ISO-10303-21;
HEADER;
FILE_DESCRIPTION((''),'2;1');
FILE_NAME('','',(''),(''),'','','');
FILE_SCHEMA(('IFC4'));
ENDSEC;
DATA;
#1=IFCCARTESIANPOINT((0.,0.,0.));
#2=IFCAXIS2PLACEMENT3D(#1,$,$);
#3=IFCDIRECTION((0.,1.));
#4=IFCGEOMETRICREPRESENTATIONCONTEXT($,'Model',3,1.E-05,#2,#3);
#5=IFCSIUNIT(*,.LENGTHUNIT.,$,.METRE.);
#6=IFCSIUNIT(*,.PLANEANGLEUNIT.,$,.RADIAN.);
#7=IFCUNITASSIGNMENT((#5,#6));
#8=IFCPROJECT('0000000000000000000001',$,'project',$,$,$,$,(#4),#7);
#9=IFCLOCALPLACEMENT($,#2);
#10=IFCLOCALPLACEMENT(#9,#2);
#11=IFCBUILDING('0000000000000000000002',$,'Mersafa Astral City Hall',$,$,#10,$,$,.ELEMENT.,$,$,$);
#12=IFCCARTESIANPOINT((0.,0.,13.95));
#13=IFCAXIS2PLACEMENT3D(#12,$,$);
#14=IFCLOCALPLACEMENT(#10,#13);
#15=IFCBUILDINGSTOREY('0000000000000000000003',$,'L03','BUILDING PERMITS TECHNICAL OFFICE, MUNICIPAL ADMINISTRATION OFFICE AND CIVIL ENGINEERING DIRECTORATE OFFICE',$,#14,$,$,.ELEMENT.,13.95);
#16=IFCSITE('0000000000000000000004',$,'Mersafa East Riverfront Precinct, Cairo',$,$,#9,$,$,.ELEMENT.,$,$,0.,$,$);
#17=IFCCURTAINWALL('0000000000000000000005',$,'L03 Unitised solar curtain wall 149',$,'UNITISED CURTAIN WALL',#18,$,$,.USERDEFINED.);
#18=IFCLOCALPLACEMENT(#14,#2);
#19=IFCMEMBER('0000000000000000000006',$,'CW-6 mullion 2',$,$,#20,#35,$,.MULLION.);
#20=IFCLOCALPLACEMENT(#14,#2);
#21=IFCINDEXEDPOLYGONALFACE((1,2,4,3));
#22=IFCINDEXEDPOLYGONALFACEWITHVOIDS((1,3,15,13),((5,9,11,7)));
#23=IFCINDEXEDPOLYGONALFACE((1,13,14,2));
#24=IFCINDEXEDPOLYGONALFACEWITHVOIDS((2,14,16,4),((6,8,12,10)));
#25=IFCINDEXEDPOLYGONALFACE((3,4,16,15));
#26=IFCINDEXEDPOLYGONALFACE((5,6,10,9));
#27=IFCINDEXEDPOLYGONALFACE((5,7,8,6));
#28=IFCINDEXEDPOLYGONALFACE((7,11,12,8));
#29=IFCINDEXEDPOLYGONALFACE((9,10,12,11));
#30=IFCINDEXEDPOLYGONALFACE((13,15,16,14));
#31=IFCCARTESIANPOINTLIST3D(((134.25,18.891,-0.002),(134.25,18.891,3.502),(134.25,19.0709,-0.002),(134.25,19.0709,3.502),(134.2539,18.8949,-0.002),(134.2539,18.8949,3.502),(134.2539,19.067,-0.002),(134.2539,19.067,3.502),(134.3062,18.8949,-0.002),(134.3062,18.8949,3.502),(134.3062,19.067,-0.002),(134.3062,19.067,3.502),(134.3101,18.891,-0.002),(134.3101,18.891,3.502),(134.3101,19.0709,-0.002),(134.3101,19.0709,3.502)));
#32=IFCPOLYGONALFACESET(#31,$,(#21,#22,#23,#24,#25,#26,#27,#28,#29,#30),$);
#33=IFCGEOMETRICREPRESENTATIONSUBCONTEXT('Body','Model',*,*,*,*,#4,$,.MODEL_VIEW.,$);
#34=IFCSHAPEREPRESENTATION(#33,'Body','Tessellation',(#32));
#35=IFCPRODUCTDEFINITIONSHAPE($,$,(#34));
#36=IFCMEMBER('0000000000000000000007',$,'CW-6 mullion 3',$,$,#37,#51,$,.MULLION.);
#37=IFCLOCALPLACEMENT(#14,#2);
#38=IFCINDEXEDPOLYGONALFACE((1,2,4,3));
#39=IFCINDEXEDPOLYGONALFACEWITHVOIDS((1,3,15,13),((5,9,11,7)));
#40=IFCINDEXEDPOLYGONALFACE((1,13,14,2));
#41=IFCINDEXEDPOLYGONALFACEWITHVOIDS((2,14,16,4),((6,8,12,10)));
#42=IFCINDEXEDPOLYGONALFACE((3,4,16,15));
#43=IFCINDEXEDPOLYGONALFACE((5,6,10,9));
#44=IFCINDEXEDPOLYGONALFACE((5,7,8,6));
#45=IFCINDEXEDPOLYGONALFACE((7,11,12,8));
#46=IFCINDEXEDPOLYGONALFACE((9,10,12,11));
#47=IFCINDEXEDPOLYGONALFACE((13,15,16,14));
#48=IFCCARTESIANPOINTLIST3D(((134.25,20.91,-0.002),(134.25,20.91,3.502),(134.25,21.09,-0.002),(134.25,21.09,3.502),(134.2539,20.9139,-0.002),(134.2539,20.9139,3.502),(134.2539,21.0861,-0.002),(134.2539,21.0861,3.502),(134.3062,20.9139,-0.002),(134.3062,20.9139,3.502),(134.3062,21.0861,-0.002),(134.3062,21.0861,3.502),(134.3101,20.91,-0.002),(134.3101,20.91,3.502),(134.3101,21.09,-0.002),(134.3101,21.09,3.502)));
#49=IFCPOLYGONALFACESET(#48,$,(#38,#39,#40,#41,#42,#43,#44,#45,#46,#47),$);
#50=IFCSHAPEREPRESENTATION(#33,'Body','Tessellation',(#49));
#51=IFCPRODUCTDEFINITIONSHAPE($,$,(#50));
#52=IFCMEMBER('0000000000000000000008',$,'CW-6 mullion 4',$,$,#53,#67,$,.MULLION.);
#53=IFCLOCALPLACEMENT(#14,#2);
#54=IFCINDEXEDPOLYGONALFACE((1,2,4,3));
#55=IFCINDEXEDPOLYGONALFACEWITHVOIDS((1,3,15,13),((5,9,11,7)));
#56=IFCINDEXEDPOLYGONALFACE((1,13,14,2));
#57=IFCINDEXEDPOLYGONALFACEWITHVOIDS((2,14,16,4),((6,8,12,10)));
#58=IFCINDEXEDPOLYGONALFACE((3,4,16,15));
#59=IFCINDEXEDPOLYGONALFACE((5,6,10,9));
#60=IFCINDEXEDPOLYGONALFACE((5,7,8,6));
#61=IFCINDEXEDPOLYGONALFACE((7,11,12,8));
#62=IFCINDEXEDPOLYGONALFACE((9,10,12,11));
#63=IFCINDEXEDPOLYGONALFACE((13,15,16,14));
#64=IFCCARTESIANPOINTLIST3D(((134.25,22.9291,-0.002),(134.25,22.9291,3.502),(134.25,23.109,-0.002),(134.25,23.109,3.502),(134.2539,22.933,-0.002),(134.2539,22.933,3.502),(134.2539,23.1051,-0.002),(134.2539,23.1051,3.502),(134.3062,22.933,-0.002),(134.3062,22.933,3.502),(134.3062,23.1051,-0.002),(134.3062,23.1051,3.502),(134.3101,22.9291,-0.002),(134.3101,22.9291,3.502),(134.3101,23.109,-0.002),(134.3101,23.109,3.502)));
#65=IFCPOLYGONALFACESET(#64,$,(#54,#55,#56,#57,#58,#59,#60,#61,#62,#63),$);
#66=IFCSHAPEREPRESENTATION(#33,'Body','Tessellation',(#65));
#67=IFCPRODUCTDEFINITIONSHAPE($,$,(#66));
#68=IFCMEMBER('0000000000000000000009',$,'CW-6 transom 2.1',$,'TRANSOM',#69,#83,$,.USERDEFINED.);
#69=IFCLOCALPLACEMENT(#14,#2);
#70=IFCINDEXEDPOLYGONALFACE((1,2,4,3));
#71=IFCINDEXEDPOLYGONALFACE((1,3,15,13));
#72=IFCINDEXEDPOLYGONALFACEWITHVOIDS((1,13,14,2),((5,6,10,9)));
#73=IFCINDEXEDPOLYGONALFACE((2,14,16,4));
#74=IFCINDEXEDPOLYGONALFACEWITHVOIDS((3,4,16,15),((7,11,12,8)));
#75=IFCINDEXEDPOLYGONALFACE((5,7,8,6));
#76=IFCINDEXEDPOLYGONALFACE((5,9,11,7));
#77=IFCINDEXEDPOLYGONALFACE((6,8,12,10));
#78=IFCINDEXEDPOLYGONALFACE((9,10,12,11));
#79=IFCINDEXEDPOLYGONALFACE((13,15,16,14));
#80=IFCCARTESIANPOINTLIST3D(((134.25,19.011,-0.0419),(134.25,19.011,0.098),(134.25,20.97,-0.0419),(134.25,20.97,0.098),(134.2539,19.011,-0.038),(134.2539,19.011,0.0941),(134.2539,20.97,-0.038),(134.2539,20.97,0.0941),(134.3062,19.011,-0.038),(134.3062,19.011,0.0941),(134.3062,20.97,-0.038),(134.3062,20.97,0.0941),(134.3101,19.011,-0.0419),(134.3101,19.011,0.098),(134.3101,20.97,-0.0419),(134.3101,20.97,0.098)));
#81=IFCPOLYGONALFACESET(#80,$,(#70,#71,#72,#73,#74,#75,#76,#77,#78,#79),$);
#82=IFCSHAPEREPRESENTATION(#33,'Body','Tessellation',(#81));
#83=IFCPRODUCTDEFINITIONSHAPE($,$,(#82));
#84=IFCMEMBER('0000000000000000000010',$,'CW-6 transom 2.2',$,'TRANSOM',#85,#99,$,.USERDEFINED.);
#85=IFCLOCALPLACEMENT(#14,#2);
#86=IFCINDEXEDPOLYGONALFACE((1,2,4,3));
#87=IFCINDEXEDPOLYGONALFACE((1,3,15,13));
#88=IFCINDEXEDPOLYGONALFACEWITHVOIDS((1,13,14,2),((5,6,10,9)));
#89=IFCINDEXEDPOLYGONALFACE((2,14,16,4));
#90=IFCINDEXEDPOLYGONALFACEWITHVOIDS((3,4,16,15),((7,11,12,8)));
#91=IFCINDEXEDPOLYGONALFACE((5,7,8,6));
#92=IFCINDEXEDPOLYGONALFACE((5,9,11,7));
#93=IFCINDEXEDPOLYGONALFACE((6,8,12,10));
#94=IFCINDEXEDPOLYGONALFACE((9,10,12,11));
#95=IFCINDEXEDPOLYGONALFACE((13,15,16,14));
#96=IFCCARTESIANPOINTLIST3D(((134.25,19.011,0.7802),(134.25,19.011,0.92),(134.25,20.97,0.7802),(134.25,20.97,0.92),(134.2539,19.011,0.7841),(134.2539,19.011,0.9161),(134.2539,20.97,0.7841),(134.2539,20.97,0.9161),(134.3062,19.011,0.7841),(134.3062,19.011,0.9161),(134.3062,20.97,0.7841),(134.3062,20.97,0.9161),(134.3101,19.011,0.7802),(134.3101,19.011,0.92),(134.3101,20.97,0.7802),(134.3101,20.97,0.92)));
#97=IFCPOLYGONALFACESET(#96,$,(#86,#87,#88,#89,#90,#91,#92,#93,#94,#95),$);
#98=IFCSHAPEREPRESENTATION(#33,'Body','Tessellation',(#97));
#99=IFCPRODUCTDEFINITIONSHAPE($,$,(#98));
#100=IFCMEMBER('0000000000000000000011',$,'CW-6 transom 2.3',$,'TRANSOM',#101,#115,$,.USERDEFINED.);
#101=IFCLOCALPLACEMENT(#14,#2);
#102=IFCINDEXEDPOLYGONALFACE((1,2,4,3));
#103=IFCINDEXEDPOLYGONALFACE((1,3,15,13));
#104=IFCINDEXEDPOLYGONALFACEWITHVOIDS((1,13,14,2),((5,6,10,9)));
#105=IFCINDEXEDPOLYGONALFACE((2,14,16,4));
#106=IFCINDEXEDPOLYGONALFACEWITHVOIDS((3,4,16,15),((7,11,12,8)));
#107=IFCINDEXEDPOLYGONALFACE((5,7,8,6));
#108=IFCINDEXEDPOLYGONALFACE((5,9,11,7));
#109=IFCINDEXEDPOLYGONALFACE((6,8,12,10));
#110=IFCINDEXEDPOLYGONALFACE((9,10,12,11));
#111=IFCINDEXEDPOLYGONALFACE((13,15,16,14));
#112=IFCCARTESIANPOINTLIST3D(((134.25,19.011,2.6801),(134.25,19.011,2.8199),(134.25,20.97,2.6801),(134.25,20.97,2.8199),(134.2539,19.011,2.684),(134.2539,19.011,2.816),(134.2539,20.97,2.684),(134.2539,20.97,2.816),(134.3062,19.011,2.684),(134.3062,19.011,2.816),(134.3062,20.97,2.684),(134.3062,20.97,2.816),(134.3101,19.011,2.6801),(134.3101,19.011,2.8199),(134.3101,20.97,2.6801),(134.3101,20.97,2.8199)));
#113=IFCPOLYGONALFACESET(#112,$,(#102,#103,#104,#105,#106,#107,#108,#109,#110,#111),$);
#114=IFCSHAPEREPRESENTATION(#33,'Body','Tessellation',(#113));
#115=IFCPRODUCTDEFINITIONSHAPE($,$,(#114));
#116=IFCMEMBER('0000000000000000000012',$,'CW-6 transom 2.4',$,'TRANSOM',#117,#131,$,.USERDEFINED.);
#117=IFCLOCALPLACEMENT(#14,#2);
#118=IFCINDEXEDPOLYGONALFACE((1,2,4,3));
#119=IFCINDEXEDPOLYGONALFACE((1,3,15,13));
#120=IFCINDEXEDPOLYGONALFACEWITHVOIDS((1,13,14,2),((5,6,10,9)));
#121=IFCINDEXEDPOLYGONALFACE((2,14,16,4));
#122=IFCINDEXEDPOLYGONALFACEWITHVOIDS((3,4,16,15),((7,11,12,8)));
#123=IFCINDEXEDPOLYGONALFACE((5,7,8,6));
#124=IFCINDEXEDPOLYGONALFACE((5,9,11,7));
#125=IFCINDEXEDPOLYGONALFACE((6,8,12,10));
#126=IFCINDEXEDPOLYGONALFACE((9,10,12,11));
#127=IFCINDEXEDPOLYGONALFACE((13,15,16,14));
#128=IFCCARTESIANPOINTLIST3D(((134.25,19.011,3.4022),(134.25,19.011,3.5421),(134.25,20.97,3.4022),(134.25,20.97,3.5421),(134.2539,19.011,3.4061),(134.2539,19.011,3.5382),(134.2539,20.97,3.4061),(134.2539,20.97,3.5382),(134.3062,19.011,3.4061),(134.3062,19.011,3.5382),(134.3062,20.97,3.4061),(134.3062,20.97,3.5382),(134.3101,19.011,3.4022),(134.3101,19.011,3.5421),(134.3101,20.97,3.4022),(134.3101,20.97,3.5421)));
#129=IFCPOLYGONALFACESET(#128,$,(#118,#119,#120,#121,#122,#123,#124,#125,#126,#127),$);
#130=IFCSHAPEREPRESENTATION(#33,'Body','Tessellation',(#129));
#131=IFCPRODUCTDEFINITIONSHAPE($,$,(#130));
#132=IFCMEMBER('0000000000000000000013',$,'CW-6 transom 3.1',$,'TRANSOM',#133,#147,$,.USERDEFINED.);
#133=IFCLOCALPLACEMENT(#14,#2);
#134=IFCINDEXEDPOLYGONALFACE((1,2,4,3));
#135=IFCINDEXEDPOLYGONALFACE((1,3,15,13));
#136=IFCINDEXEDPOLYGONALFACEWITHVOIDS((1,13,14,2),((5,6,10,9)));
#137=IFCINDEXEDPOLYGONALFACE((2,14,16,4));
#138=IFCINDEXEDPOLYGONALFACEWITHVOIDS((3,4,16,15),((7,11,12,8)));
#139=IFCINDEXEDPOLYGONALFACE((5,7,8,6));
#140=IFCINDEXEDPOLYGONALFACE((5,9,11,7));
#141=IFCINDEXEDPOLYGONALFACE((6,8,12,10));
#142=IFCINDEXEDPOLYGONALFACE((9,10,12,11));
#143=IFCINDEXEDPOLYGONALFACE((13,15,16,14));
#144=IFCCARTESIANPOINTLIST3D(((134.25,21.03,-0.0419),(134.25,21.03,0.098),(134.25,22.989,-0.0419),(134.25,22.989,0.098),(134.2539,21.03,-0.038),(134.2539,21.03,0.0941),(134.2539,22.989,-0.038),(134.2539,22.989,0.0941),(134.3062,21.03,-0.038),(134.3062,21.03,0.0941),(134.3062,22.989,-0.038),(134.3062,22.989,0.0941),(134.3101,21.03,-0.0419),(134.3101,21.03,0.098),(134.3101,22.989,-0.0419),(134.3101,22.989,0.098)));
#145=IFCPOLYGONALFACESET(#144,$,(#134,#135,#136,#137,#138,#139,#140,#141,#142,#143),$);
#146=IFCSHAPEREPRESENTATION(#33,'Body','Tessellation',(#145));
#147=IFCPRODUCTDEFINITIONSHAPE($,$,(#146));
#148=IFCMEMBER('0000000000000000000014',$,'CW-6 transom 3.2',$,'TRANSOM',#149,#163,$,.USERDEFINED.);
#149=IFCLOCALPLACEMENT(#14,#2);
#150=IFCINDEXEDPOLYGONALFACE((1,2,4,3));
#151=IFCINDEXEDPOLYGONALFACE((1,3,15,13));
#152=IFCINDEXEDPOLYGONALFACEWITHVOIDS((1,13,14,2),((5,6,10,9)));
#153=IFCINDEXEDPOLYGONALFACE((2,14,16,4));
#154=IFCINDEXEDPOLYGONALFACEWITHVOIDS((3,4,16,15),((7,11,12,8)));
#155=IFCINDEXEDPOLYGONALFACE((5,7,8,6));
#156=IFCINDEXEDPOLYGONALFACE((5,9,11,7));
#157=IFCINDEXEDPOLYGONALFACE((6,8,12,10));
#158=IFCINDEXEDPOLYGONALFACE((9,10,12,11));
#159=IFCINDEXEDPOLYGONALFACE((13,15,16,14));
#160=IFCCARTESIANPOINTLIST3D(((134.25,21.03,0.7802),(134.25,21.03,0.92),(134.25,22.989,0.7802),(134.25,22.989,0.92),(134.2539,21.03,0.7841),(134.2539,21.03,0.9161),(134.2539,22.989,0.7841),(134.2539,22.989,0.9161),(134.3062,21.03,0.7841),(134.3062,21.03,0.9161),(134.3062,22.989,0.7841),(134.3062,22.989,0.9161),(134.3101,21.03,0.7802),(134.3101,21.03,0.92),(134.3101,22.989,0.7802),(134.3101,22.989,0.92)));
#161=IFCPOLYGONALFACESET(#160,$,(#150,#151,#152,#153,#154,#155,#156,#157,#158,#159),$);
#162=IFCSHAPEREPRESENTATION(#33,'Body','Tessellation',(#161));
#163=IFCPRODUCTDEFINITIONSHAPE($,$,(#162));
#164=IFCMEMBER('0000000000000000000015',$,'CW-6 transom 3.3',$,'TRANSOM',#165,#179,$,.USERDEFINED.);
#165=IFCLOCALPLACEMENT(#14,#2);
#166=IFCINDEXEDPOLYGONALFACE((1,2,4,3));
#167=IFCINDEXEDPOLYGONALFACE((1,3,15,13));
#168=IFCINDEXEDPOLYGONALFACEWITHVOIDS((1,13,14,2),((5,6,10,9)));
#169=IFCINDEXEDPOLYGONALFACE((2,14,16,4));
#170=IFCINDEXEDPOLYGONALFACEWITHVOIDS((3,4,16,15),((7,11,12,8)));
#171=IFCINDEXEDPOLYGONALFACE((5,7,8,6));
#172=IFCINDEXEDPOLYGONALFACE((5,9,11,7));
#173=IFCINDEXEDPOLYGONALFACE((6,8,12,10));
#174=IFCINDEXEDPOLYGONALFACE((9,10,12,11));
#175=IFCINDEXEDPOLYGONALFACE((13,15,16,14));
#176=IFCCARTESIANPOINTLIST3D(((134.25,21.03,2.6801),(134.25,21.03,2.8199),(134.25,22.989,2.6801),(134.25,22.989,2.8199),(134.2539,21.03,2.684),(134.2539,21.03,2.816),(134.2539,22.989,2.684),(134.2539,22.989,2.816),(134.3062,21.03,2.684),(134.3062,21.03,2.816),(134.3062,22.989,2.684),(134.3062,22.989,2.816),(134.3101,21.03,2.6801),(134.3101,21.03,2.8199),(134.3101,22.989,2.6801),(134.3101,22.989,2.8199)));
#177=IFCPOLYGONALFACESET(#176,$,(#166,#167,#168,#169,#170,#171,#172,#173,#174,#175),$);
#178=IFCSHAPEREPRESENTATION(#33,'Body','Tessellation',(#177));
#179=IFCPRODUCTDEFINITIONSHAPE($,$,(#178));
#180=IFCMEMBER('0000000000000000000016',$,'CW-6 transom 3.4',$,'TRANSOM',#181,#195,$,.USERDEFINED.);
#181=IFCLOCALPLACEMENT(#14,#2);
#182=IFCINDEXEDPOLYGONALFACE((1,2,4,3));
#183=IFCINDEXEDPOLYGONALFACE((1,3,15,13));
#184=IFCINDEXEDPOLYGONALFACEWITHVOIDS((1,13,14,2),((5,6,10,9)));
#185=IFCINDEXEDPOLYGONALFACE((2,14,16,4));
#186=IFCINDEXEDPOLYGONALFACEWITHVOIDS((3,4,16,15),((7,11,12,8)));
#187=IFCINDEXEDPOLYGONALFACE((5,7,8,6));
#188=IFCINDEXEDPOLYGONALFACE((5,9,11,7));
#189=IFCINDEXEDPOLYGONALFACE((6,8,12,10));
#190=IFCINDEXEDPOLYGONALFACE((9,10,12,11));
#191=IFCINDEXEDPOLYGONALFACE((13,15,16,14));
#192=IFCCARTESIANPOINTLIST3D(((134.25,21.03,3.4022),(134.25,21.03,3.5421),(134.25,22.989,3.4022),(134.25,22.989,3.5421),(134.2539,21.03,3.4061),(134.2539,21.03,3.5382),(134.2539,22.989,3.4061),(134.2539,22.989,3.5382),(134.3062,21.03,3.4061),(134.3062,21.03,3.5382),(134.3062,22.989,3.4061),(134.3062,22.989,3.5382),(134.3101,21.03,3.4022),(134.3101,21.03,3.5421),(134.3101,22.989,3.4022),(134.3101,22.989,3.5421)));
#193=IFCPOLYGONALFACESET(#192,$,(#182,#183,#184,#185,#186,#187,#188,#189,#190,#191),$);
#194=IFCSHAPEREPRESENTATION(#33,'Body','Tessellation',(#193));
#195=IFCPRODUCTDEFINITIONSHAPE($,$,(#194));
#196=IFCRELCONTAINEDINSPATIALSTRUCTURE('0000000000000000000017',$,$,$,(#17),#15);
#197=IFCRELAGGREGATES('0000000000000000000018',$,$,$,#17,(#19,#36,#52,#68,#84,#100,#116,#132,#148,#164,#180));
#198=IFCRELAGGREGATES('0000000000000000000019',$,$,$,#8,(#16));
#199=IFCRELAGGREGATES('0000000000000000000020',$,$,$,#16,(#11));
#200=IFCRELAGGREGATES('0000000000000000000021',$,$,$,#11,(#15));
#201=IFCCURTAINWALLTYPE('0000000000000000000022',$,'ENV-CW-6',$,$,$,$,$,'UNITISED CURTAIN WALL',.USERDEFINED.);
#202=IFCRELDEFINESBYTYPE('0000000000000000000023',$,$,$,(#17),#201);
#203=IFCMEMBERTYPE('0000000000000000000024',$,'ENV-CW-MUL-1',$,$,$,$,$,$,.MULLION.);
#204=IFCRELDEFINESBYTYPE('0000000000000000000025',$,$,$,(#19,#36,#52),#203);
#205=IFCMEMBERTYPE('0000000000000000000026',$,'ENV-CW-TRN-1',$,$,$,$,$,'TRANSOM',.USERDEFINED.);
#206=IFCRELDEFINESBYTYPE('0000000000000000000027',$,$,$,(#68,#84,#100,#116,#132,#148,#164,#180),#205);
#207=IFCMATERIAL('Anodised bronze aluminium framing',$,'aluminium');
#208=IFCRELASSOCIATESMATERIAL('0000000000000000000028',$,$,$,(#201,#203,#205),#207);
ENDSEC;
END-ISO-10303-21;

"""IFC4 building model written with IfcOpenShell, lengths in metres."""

from ifc_helpers import new_model, si_unit, direction, frame, origin, origin_2d, place, context, subcontext, project, spatial, hollow_rectangle, extrude, material, material_profile, profile_set, type_object, element, aggregate, save


model = new_model("IFC4")

# Units and contexts
model_context = context("Model", 3, precision=1e-05, world=origin(), true_north=direction((0.0, 1.0)))
body_context = subcontext(model_context, "Body", "Model", "MODEL_VIEW")
ifc_project = project(units=[si_unit("LENGTHUNIT", "METRE"), si_unit("PLANEANGLEUNIT", "RADIAN")], contexts=[model_context])

# Site, building, storey
site_placement = place(None, origin())
site = spatial("IfcSite", under=ifc_project, at=site_placement, Name="Mersafa East Riverfront Precinct, Cairo", CompositionType="ELEMENT", RefElevation=0.0)
building_placement = place(site_placement, origin())
building = spatial("IfcBuilding", under=site, at=building_placement, Name="Mersafa Astral City Hall", CompositionType="ELEMENT")
storey_placement = place(building_placement, frame((0.0, 0.0, 13.95)))
storey = spatial("IfcBuildingStorey", under=building, at=storey_placement, Name="L03", Description="BUILDING PERMITS TECHNICAL OFFICE, MUNICIPAL ADMINISTRATION OFFICE AND CIVIL ENGINEERING DIRECTORATE OFFICE", CompositionType="ELEMENT", Elevation=13.95)

# Curtain wall, members
ifc_material_1 = material(Name="Anodised bronze aluminium framing", Category="aluminium")
curtain_wall_type = type_object("IfcCurtainWallType", Name="ENV-CW-6", ElementType="UNITISED CURTAIN WALL", PredefinedType="USERDEFINED", material=ifc_material_1)
curtain_wall_placement = place(storey_placement, origin())
curtain_wall = element("IfcCurtainWall", 1, at=curtain_wall_placement, inside=storey, type_object=curtain_wall_type, Name="L03 Unitised solar curtain wall 149", ObjectType="UNITISED CURTAIN WALL", PredefinedType="USERDEFINED")
ifc_material_profile_1 = material_profile(ifc_material_1, hollow_rectangle(XDim=0.0601, YDim=0.1799, WallThickness=0.0039, at=origin_2d()), Name="RHS 60x180x4")
ifc_profile_set_1 = profile_set([ifc_material_profile_1], Name="Anodised bronze aluminium framing")
member_type_1 = type_object("IfcMemberType", Name="ENV-CW-MUL-1", PredefinedType="MULLION", material=ifc_profile_set_1)
member_1_placement = place(storey_placement, frame((134.28, 18.981, -0.002), z_axis=(0.0, 0.0, 1.0), x_axis=(-1.0, 0.0, 0.0)))
member_1 = element("IfcMember", 2, at=member_1_placement, type_object=member_type_1, Name="CW-6 mullion 2", PredefinedType="MULLION", context=body_context, shape_type="SweptSolid", body=[
    extrude(hollow_rectangle(XDim=0.0601, YDim=0.1799, WallThickness=0.0039, at=origin_2d()), origin(), (0.0, 0.0, 1.0), 3.5039),
])
member_2_placement = place(storey_placement, frame((134.28, 21.0, -0.002), z_axis=(0.0, 0.0, 1.0), x_axis=(-1.0, 0.0, 0.0)))
member_2 = element("IfcMember", 3, at=member_2_placement, type_object=member_type_1, Name="CW-6 mullion 3", PredefinedType="MULLION", context=body_context, shape_type="SweptSolid", body=[
    extrude(hollow_rectangle(XDim=0.0601, YDim=0.1799, WallThickness=0.0039, at=origin_2d()), origin(), (0.0, 0.0, 1.0), 3.5039),
])
member_3_placement = place(storey_placement, frame((134.28, 23.019, -0.002), z_axis=(0.0, 0.0, 1.0), x_axis=(-1.0, 0.0, 0.0)))
member_3 = element("IfcMember", 4, at=member_3_placement, type_object=member_type_1, Name="CW-6 mullion 4", PredefinedType="MULLION", context=body_context, shape_type="SweptSolid", body=[
    extrude(hollow_rectangle(XDim=0.0601, YDim=0.1799, WallThickness=0.0039, at=origin_2d()), origin(), (0.0, 0.0, 1.0), 3.5039),
])
ifc_material_profile_2 = material_profile(ifc_material_1, hollow_rectangle(XDim=0.0601, YDim=0.1399, WallThickness=0.0039, at=origin_2d()), Name="RHS 60x140x4")
ifc_profile_set_2 = profile_set([ifc_material_profile_2], Name="Anodised bronze aluminium framing")
member_type_2 = type_object("IfcMemberType", Name="ENV-CW-TRN-1", ElementType="TRANSOM", PredefinedType="USERDEFINED", material=ifc_profile_set_2)
member_4_placement = place(storey_placement, frame((134.28, 19.011, 0.0281), z_axis=(0.0, 1.0, 0.0), x_axis=(-1.0, 0.0, 0.0)))
member_4 = element("IfcMember", 5, at=member_4_placement, type_object=member_type_2, Name="CW-6 transom 2.1", ObjectType="TRANSOM", PredefinedType="USERDEFINED", context=body_context, shape_type="SweptSolid", body=[
    extrude(hollow_rectangle(XDim=0.0601, YDim=0.1399, WallThickness=0.0039, at=origin_2d()), origin(), (0.0, 0.0, 1.0), 1.959),
])
member_5_placement = place(storey_placement, frame((134.28, 19.011, 0.8501), z_axis=(0.0, 1.0, 0.0), x_axis=(-1.0, 0.0, 0.0)))
member_5 = element("IfcMember", 6, at=member_5_placement, type_object=member_type_2, Name="CW-6 transom 2.2", ObjectType="TRANSOM", PredefinedType="USERDEFINED", context=body_context, shape_type="SweptSolid", body=[
    extrude(hollow_rectangle(XDim=0.0601, YDim=0.1399, WallThickness=0.0039, at=origin_2d()), origin(), (0.0, 0.0, 1.0), 1.959),
])
member_6_placement = place(storey_placement, frame((134.28, 19.011, 2.75), z_axis=(0.0, 1.0, 0.0), x_axis=(-1.0, 0.0, 0.0)))
member_6 = element("IfcMember", 7, at=member_6_placement, type_object=member_type_2, Name="CW-6 transom 2.3", ObjectType="TRANSOM", PredefinedType="USERDEFINED", context=body_context, shape_type="SweptSolid", body=[
    extrude(hollow_rectangle(XDim=0.0601, YDim=0.1399, WallThickness=0.0039, at=origin_2d()), origin(), (0.0, 0.0, 1.0), 1.959),
])
member_7_placement = place(storey_placement, frame((134.28, 19.011, 3.4722), z_axis=(0.0, 1.0, 0.0), x_axis=(-1.0, 0.0, 0.0)))
member_7 = element("IfcMember", 8, at=member_7_placement, type_object=member_type_2, Name="CW-6 transom 2.4", ObjectType="TRANSOM", PredefinedType="USERDEFINED", context=body_context, shape_type="SweptSolid", body=[
    extrude(hollow_rectangle(XDim=0.0601, YDim=0.1399, WallThickness=0.0039, at=origin_2d()), origin(), (0.0, 0.0, 1.0), 1.959),
])
member_8_placement = place(storey_placement, frame((134.28, 21.03, 0.0281), z_axis=(0.0, 1.0, 0.0), x_axis=(-1.0, 0.0, 0.0)))
member_8 = element("IfcMember", 9, at=member_8_placement, type_object=member_type_2, Name="CW-6 transom 3.1", ObjectType="TRANSOM", PredefinedType="USERDEFINED", context=body_context, shape_type="SweptSolid", body=[
    extrude(hollow_rectangle(XDim=0.0601, YDim=0.1399, WallThickness=0.0039, at=origin_2d()), origin(), (0.0, 0.0, 1.0), 1.959),
])
member_9_placement = place(storey_placement, frame((134.28, 21.03, 0.8501), z_axis=(0.0, 1.0, 0.0), x_axis=(-1.0, 0.0, 0.0)))
member_9 = element("IfcMember", 10, at=member_9_placement, type_object=member_type_2, Name="CW-6 transom 3.2", ObjectType="TRANSOM", PredefinedType="USERDEFINED", context=body_context, shape_type="SweptSolid", body=[
    extrude(hollow_rectangle(XDim=0.0601, YDim=0.1399, WallThickness=0.0039, at=origin_2d()), origin(), (0.0, 0.0, 1.0), 1.959),
])
member_10_placement = place(storey_placement, frame((134.28, 21.03, 2.75), z_axis=(0.0, 1.0, 0.0), x_axis=(-1.0, 0.0, 0.0)))
member_10 = element("IfcMember", 11, at=member_10_placement, type_object=member_type_2, Name="CW-6 transom 3.3", ObjectType="TRANSOM", PredefinedType="USERDEFINED", context=body_context, shape_type="SweptSolid", body=[
    extrude(hollow_rectangle(XDim=0.0601, YDim=0.1399, WallThickness=0.0039, at=origin_2d()), origin(), (0.0, 0.0, 1.0), 1.959),
])
member_11_placement = place(storey_placement, frame((134.28, 21.03, 3.4722), z_axis=(0.0, 1.0, 0.0), x_axis=(-1.0, 0.0, 0.0)))
member_11 = element("IfcMember", 12, at=member_11_placement, type_object=member_type_2, Name="CW-6 transom 3.4", ObjectType="TRANSOM", PredefinedType="USERDEFINED", context=body_context, shape_type="SweptSolid", body=[
    extrude(hollow_rectangle(XDim=0.0601, YDim=0.1399, WallThickness=0.0039, at=origin_2d()), origin(), (0.0, 0.0, 1.0), 1.959),
])
aggregate(curtain_wall, [member_1, member_2, member_3, member_4, member_5, member_6, member_7, member_8, member_9, member_10, member_11])

save(model, "model.ifc")
